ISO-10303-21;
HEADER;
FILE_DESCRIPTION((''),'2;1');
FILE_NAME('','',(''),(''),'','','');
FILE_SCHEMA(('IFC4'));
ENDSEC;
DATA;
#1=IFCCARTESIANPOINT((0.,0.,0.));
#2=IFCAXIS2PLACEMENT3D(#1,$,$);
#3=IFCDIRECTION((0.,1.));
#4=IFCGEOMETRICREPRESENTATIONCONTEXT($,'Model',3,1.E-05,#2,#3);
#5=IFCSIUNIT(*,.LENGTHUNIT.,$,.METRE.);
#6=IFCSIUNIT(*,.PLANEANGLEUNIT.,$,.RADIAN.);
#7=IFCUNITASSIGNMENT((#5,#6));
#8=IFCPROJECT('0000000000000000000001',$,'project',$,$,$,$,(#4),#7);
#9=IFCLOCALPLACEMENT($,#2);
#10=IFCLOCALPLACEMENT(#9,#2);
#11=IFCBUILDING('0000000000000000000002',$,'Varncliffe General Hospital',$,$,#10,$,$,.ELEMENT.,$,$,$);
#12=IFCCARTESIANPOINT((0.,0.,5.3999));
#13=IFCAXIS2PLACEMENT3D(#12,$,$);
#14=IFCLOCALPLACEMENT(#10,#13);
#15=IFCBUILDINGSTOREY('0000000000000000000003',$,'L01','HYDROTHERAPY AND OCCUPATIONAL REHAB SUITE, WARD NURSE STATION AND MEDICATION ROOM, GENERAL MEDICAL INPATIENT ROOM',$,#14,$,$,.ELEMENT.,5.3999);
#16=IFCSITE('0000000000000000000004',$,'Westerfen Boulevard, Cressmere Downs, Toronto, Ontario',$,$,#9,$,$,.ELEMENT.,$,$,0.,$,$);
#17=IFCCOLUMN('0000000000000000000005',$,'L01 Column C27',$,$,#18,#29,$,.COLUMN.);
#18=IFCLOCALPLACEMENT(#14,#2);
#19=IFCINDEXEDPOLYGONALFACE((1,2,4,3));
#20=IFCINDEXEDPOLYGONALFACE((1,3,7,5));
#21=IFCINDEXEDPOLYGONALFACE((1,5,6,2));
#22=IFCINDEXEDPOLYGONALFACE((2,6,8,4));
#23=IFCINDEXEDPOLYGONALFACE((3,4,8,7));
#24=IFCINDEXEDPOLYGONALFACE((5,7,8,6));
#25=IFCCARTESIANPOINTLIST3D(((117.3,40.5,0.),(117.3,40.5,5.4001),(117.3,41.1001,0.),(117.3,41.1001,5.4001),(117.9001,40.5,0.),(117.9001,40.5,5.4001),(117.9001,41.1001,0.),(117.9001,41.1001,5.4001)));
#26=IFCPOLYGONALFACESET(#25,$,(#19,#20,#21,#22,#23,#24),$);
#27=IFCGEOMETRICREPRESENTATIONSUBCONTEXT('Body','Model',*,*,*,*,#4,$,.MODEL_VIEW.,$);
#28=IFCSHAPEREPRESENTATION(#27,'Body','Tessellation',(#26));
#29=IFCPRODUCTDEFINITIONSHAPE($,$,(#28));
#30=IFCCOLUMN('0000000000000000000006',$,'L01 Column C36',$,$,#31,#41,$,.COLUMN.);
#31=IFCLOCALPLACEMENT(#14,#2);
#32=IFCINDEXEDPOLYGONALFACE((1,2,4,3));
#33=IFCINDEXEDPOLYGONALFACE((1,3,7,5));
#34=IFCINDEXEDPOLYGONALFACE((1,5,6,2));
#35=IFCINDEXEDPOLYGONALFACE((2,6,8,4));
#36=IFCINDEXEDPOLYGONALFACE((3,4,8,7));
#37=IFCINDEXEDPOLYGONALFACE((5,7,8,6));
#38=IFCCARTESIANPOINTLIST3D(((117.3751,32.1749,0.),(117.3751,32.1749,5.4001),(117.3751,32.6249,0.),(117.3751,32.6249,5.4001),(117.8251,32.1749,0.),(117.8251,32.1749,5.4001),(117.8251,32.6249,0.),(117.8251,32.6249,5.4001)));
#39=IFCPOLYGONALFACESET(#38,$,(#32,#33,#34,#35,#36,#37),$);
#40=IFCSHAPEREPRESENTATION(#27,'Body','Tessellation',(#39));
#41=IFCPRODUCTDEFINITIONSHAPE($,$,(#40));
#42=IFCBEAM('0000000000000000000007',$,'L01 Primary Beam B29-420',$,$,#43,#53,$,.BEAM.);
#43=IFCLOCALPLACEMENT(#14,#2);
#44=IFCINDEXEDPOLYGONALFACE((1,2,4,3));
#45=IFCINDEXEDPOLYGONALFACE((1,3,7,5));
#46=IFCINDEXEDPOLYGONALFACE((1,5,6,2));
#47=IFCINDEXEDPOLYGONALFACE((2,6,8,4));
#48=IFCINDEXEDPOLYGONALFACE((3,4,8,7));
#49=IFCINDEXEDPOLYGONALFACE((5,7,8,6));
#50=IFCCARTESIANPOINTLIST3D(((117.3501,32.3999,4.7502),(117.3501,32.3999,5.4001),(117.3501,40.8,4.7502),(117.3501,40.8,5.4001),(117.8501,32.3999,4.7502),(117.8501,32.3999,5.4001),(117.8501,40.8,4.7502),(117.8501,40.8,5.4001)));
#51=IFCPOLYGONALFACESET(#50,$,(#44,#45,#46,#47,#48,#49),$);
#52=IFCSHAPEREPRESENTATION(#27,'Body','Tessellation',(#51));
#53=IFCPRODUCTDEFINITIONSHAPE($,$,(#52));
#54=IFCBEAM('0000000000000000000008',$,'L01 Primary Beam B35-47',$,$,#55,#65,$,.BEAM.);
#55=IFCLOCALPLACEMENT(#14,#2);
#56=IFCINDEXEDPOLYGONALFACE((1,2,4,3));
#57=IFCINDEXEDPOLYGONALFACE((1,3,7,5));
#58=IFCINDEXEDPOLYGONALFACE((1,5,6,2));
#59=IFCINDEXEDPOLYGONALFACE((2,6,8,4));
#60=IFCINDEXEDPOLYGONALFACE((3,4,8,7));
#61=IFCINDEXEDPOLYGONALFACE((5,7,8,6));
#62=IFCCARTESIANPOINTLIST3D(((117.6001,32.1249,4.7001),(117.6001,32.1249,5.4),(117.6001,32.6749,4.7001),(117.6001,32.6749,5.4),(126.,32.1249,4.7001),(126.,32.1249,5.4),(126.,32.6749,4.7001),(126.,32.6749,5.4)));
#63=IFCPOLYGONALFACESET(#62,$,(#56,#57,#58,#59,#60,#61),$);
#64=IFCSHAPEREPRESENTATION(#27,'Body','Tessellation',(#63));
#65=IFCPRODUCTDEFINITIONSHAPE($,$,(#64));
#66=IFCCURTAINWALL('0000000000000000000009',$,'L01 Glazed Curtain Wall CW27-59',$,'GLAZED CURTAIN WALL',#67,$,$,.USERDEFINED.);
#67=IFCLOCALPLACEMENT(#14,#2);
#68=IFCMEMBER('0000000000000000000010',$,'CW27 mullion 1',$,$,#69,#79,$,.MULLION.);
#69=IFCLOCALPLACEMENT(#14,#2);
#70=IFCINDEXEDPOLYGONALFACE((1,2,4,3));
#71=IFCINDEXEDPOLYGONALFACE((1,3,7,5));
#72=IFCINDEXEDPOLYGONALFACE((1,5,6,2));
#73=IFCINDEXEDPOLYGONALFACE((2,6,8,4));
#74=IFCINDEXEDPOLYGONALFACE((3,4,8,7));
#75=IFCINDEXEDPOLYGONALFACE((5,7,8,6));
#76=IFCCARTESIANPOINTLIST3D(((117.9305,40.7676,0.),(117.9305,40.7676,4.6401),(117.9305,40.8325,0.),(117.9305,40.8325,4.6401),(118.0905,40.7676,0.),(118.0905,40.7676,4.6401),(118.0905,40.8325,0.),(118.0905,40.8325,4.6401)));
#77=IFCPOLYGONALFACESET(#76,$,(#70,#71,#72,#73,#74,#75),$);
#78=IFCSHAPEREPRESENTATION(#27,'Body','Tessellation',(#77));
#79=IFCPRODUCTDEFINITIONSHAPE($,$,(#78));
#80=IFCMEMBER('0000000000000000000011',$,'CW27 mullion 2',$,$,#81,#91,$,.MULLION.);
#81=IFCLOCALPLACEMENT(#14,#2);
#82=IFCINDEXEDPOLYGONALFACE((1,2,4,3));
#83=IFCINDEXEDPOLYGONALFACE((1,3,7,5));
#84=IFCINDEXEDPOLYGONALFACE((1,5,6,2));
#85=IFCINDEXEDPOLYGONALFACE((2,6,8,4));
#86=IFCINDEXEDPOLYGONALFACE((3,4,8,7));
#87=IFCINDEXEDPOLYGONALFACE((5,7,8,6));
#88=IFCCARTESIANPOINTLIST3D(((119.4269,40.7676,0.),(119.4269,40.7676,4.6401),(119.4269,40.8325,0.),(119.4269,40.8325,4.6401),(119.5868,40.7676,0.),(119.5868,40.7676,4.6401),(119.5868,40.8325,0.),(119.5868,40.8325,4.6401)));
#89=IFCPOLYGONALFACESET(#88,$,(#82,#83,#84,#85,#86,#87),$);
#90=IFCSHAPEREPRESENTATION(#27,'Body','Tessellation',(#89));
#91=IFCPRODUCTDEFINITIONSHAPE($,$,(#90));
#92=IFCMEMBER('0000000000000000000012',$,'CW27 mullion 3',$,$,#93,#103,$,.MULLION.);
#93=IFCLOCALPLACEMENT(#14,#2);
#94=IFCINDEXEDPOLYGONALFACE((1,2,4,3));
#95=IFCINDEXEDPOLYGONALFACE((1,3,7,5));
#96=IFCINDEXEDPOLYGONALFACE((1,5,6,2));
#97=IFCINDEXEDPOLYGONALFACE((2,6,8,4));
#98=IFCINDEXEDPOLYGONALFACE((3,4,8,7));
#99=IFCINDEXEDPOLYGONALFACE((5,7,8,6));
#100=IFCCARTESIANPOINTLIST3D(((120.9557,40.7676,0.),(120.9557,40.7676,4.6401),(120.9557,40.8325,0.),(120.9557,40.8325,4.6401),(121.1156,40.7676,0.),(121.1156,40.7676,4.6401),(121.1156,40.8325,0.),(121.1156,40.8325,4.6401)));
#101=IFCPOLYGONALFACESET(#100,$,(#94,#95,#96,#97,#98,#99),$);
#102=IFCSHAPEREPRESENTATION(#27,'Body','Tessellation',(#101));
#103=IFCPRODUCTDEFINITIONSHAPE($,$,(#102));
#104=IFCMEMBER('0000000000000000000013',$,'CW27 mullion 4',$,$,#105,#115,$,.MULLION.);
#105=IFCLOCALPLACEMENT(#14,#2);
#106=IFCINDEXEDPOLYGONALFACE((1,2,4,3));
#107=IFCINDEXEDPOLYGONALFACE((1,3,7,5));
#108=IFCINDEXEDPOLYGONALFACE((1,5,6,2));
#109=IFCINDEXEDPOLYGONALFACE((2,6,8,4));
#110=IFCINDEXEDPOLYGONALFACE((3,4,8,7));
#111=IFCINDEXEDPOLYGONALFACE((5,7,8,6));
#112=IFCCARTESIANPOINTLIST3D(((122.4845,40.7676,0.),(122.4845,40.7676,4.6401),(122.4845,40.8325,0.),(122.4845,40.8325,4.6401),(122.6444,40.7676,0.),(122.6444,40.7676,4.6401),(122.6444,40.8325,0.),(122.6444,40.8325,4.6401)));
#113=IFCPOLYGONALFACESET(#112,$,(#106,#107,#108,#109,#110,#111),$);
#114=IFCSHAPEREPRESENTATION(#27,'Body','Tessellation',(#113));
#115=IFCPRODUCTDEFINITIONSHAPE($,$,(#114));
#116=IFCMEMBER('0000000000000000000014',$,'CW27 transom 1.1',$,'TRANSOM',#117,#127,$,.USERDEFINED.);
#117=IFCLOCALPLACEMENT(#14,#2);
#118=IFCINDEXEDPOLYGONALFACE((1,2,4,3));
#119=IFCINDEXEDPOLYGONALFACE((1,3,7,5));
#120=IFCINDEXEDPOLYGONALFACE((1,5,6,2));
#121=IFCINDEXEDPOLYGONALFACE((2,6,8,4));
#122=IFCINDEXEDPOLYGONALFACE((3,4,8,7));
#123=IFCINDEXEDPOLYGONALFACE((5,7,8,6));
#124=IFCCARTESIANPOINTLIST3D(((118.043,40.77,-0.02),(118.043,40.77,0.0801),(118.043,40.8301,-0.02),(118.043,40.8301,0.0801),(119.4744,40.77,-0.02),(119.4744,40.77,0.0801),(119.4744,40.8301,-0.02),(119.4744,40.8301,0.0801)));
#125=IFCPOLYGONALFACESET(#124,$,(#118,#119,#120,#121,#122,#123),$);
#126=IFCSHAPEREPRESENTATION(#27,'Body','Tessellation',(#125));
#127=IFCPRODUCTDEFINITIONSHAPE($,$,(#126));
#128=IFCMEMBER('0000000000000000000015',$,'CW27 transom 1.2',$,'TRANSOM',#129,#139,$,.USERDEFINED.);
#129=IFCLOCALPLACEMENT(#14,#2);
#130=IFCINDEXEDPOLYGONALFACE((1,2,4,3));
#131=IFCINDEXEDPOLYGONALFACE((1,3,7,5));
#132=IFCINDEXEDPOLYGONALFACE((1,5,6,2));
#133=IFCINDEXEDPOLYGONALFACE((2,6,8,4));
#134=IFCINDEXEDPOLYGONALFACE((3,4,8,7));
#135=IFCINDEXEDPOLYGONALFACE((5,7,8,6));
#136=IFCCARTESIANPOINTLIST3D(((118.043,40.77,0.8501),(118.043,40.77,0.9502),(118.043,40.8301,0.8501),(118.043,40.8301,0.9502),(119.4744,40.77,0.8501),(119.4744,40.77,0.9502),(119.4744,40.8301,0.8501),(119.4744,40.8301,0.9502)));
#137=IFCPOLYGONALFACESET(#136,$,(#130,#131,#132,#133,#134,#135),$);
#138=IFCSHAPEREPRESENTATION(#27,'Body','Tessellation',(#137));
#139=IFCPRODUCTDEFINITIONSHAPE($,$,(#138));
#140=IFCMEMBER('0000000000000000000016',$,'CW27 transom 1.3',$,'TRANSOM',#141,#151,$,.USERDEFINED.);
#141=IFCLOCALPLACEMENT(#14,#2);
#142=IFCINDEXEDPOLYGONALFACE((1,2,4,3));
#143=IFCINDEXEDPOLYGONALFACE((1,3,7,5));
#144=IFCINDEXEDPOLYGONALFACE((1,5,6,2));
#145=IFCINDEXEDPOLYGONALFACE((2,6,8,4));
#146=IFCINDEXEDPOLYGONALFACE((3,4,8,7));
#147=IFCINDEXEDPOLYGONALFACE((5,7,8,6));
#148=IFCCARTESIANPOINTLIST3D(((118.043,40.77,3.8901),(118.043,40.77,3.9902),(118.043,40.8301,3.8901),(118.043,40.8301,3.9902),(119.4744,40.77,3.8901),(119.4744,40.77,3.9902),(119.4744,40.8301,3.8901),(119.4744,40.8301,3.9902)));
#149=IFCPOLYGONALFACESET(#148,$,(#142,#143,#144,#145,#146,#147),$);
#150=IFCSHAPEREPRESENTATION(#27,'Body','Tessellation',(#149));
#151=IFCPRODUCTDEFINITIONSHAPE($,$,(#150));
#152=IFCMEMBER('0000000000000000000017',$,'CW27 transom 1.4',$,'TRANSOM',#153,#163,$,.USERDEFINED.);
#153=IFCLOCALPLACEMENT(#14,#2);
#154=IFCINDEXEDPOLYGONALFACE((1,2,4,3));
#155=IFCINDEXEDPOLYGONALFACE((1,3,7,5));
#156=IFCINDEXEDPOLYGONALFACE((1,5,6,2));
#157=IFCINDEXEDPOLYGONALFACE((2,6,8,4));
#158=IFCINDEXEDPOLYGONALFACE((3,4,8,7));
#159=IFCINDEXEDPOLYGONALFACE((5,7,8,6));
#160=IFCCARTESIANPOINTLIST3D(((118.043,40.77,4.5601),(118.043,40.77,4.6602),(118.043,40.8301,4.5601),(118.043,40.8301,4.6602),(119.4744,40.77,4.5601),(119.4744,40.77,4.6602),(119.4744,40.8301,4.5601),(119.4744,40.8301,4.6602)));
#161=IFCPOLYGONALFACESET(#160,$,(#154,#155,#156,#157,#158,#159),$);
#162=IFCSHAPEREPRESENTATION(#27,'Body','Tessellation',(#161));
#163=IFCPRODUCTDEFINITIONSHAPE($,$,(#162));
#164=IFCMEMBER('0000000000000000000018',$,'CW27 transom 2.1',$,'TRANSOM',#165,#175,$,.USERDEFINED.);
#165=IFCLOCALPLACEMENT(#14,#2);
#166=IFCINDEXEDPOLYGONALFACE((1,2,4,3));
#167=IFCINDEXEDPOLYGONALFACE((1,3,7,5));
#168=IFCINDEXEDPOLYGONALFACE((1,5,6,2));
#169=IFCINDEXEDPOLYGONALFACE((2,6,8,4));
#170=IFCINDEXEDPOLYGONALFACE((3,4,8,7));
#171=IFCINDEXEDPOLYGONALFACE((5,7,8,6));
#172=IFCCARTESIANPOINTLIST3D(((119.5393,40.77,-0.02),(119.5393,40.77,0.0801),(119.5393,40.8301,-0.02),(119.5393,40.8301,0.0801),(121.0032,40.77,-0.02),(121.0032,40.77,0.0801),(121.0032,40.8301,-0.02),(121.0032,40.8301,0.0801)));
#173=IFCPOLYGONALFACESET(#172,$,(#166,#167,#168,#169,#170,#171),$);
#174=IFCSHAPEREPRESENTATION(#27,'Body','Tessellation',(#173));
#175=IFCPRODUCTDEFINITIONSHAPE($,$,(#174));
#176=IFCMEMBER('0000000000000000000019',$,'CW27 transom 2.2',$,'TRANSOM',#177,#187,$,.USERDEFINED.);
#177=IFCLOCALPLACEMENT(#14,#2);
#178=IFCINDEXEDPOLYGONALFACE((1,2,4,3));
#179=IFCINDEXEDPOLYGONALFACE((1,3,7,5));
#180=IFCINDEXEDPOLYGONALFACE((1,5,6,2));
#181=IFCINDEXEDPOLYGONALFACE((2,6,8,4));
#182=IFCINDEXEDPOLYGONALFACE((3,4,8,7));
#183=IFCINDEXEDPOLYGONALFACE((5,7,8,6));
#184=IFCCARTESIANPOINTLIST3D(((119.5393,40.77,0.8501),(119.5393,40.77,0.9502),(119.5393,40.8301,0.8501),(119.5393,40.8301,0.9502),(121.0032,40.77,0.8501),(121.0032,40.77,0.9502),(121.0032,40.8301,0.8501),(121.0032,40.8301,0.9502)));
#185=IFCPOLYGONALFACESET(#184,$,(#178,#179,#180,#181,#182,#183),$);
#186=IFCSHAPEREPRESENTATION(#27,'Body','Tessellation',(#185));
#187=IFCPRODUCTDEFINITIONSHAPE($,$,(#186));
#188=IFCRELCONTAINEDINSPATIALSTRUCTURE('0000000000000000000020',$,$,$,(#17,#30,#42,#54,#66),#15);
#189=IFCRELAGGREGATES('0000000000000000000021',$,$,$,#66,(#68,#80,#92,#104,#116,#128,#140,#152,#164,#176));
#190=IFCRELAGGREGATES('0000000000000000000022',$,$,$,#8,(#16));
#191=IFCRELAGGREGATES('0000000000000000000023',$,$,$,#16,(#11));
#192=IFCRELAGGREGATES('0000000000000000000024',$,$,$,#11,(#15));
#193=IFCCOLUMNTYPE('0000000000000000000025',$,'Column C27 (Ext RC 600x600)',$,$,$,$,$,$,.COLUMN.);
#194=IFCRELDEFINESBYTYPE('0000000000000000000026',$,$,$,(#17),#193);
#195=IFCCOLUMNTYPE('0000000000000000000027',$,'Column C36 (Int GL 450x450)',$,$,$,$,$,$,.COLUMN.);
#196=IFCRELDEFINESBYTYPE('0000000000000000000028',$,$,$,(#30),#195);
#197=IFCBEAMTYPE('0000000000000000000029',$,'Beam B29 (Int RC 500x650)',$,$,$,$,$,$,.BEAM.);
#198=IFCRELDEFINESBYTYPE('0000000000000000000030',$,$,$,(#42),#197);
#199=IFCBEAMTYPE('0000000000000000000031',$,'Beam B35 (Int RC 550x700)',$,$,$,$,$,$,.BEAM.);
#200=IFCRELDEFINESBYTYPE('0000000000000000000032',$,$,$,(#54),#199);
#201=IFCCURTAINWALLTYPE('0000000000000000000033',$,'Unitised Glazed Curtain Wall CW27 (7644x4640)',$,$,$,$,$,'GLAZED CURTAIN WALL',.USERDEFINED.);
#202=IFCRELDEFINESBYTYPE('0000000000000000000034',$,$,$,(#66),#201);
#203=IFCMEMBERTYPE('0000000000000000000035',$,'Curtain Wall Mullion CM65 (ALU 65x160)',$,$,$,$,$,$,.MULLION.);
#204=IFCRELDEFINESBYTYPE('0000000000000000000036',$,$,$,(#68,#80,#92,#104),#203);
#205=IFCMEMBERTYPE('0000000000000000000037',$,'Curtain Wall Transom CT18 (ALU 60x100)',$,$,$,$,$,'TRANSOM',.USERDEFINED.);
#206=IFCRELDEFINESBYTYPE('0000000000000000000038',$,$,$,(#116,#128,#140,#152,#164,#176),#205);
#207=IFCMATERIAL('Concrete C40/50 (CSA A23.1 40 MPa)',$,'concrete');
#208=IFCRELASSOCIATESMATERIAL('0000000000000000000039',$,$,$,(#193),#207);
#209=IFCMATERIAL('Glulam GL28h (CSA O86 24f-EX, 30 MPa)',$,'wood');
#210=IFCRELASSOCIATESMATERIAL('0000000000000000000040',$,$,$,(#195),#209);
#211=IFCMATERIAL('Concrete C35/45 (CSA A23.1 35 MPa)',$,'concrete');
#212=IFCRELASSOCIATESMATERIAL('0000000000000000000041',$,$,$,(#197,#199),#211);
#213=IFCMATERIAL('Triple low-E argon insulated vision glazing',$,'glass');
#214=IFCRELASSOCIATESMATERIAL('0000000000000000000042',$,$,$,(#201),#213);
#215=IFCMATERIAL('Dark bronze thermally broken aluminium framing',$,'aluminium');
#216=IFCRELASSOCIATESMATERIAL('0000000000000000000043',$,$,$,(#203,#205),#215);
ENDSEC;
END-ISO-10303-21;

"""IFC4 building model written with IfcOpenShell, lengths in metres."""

from ifc_helpers import new_model, si_unit, direction, frame, origin, origin_2d, place, context, subcontext, project, spatial, rectangle, extrude, material, material_profile, profile_set, type_object, element, aggregate, save


model = new_model("IFC4")

# Units and contexts
model_context = context("Model", 3, precision=1e-05, world=origin(), true_north=direction((0.0, 1.0)))
body_context = subcontext(model_context, "Body", "Model", "MODEL_VIEW")
ifc_project = project(units=[si_unit("LENGTHUNIT", "METRE"), si_unit("PLANEANGLEUNIT", "RADIAN")], contexts=[model_context])

# Site, building, storey
site_placement = place(None, origin())
site = spatial("IfcSite", under=ifc_project, at=site_placement, Name="Westerfen Boulevard, Cressmere Downs, Toronto, Ontario", CompositionType="ELEMENT", RefElevation=0.0)
building_placement = place(site_placement, origin())
building = spatial("IfcBuilding", under=site, at=building_placement, Name="Varncliffe General Hospital", CompositionType="ELEMENT")
storey_placement = place(building_placement, frame((0.0, 0.0, 5.3999)))
storey = spatial("IfcBuildingStorey", under=building, at=storey_placement, Name="L01", Description="HYDROTHERAPY AND OCCUPATIONAL REHAB SUITE, WARD NURSE STATION AND MEDICATION ROOM, GENERAL MEDICAL INPATIENT ROOM", CompositionType="ELEMENT", Elevation=5.3999)

# Columns
ifc_material_1 = material(Name="Concrete C40/50 (CSA A23.1 40 MPa)", Category="concrete")
ifc_material_profile_1 = material_profile(ifc_material_1, rectangle(XDim=0.6001, YDim=0.6001, at=origin_2d()), Name="RC 600x600")
ifc_profile_set_1 = profile_set([ifc_material_profile_1], Name="Concrete C40/50 (CSA A23.1 40 MPa)")
column_type_1 = type_object("IfcColumnType", Name="Column C27 (Ext RC 600x600)", PredefinedType="COLUMN", material=ifc_profile_set_1)
column_1_placement = place(storey_placement, frame((117.6001, 40.8, 0.0), z_axis=(0.0, 0.0, 1.0), x_axis=(1.0, 0.0, 0.0)))
element("IfcColumn", 1, at=column_1_placement, inside=storey, type_object=column_type_1, Name="L01 Column C27", PredefinedType="COLUMN", context=body_context, shape_type="SweptSolid", body=[
    extrude(rectangle(XDim=0.6001, YDim=0.6001, at=origin_2d()), origin(), (0.0, 0.0, 1.0), 5.4001),
])
ifc_material_2 = material(Name="Glulam GL28h (CSA O86 24f-EX, 30 MPa)", Category="wood")
ifc_material_profile_2 = material_profile(ifc_material_2, rectangle(XDim=0.45, YDim=0.45, at=origin_2d()), Name="GL 450x450")
ifc_profile_set_2 = profile_set([ifc_material_profile_2], Name="Glulam GL28h (CSA O86 24f-EX, 30 MPa)")
column_type_2 = type_object("IfcColumnType", Name="Column C36 (Int GL 450x450)", PredefinedType="COLUMN", material=ifc_profile_set_2)
column_2_placement = place(storey_placement, frame((117.6001, 32.3999, 0.0), z_axis=(0.0, 0.0, 1.0), x_axis=(1.0, 0.0, 0.0)))
element("IfcColumn", 2, at=column_2_placement, inside=storey, type_object=column_type_2, Name="L01 Column C36", PredefinedType="COLUMN", context=body_context, shape_type="SweptSolid", body=[
    extrude(rectangle(XDim=0.45, YDim=0.45, at=origin_2d()), origin(), (0.0, 0.0, 1.0), 5.4001),
])

# Beams
ifc_material_3 = material(Name="Concrete C35/45 (CSA A23.1 35 MPa)", Category="concrete")
ifc_material_profile_3 = material_profile(ifc_material_3, rectangle(XDim=0.5, YDim=0.6499, at=origin_2d()), Name="RC 500x650")
ifc_profile_set_3 = profile_set([ifc_material_profile_3], Name="Concrete C35/45 (CSA A23.1 35 MPa)")
beam_type_1 = type_object("IfcBeamType", Name="Beam B29 (Int RC 500x650)", PredefinedType="BEAM", material=ifc_profile_set_3)
beam_1_placement = place(storey_placement, frame((117.6001, 32.3999, 5.0752), z_axis=(0.0, 1.0, 0.0), x_axis=(-1.0, 0.0, 0.0)))
element("IfcBeam", 3, at=beam_1_placement, inside=storey, type_object=beam_type_1, Name="L01 Primary Beam B29-420", PredefinedType="BEAM", context=body_context, shape_type="SweptSolid", body=[
    extrude(rectangle(XDim=0.5, YDim=0.6499, at=origin_2d()), origin(), (0.0, 0.0, 1.0), 8.4001),
])
ifc_material_profile_4 = material_profile(ifc_material_3, rectangle(XDim=0.55, YDim=0.7, at=origin_2d()), Name="RC 550x700")
ifc_profile_set_4 = profile_set([ifc_material_profile_4], Name="Concrete C35/45 (CSA A23.1 35 MPa)")
beam_type_2 = type_object("IfcBeamType", Name="Beam B35 (Int RC 550x700)", PredefinedType="BEAM", material=ifc_profile_set_4)
beam_2_placement = place(storey_placement, frame((117.6001, 32.3999, 5.05), z_axis=(1.0, 0.0, 0.0), x_axis=(0.0, 1.0, 0.0)))
element("IfcBeam", 4, at=beam_2_placement, inside=storey, type_object=beam_type_2, Name="L01 Primary Beam B35-47", PredefinedType="BEAM", context=body_context, shape_type="SweptSolid", body=[
    extrude(rectangle(XDim=0.55, YDim=0.7, at=origin_2d()), origin(), (0.0, 0.0, 1.0), 8.3999),
])

# Curtain wall, members
ifc_material_4 = material(Name="Triple low-E argon insulated vision glazing", Category="glass")
curtain_wall_type = type_object("IfcCurtainWallType", Name="Unitised Glazed Curtain Wall CW27 (7644x4640)", ElementType="GLAZED CURTAIN WALL", PredefinedType="USERDEFINED", material=ifc_material_4)
curtain_wall_placement = place(storey_placement, origin())
curtain_wall = element("IfcCurtainWall", 5, at=curtain_wall_placement, inside=storey, type_object=curtain_wall_type, Name="L01 Glazed Curtain Wall CW27-59", ObjectType="GLAZED CURTAIN WALL", PredefinedType="USERDEFINED")
ifc_material_5 = material(Name="Dark bronze thermally broken aluminium framing", Category="aluminium")
ifc_material_profile_5 = material_profile(ifc_material_5, rectangle(XDim=0.0649, YDim=0.1599, at=origin_2d()), Name="ALU 65x160")
ifc_profile_set_5 = profile_set([ifc_material_profile_5], Name="Dark bronze thermally broken aluminium framing")
member_type_1 = type_object("IfcMemberType", Name="Curtain Wall Mullion CM65 (ALU 65x160)", PredefinedType="MULLION", material=ifc_profile_set_5)
member_1_placement = place(storey_placement, frame((118.0105, 40.8, 0.0), z_axis=(0.0, 0.0, 1.0), x_axis=(0.0, 1.0, 0.0)))
member_1 = element("IfcMember", 6, at=member_1_placement, type_object=member_type_1, Name="CW27 mullion 1", PredefinedType="MULLION", context=body_context, shape_type="SweptSolid", body=[
    extrude(rectangle(XDim=0.0649, YDim=0.1599, at=origin_2d()), origin(), (0.0, 0.0, 1.0), 4.6401),
])
member_2_placement = place(storey_placement, frame((119.5068, 40.8, 0.0), z_axis=(0.0, 0.0, 1.0), x_axis=(0.0, 1.0, 0.0)))
member_2 = element("IfcMember", 7, at=member_2_placement, type_object=member_type_1, Name="CW27 mullion 2", PredefinedType="MULLION", context=body_context, shape_type="SweptSolid", body=[
    extrude(rectangle(XDim=0.0649, YDim=0.1599, at=origin_2d()), origin(), (0.0, 0.0, 1.0), 4.6401),
])
member_3_placement = place(storey_placement, frame((121.0356, 40.8, 0.0), z_axis=(0.0, 0.0, 1.0), x_axis=(0.0, 1.0, 0.0)))
member_3 = element("IfcMember", 8, at=member_3_placement, type_object=member_type_1, Name="CW27 mullion 3", PredefinedType="MULLION", context=body_context, shape_type="SweptSolid", body=[
    extrude(rectangle(XDim=0.0649, YDim=0.1599, at=origin_2d()), origin(), (0.0, 0.0, 1.0), 4.6401),
])
member_4_placement = place(storey_placement, frame((122.5645, 40.8, 0.0), z_axis=(0.0, 0.0, 1.0), x_axis=(0.0, 1.0, 0.0)))
member_4 = element("IfcMember", 9, at=member_4_placement, type_object=member_type_1, Name="CW27 mullion 4", PredefinedType="MULLION", context=body_context, shape_type="SweptSolid", body=[
    extrude(rectangle(XDim=0.0649, YDim=0.1599, at=origin_2d()), origin(), (0.0, 0.0, 1.0), 4.6401),
])
ifc_material_profile_6 = material_profile(ifc_material_5, rectangle(XDim=0.0601, YDim=0.1001, at=origin_2d()), Name="ALU 60x100")
ifc_profile_set_6 = profile_set([ifc_material_profile_6], Name="Dark bronze thermally broken aluminium framing")
member_type_2 = type_object("IfcMemberType", Name="Curtain Wall Transom CT18 (ALU 60x100)", ElementType="TRANSOM", PredefinedType="USERDEFINED", material=ifc_profile_set_6)
member_5_placement = place(storey_placement, frame((118.043, 40.8, 0.03), z_axis=(1.0, 0.0, 0.0), x_axis=(0.0, 1.0, 0.0)))
member_5 = element("IfcMember", 10, at=member_5_placement, type_object=member_type_2, Name="CW27 transom 1.1", ObjectType="TRANSOM", PredefinedType="USERDEFINED", context=body_context, shape_type="SweptSolid", body=[
    extrude(rectangle(XDim=0.0601, YDim=0.1001, at=origin_2d()), origin(), (0.0, 0.0, 1.0), 1.4314),
])
member_6_placement = place(storey_placement, frame((118.043, 40.8, 0.9001), z_axis=(1.0, 0.0, 0.0), x_axis=(0.0, 1.0, 0.0)))
member_6 = element("IfcMember", 11, at=member_6_placement, type_object=member_type_2, Name="CW27 transom 1.2", ObjectType="TRANSOM", PredefinedType="USERDEFINED", context=body_context, shape_type="SweptSolid", body=[
    extrude(rectangle(XDim=0.0601, YDim=0.1001, at=origin_2d()), origin(), (0.0, 0.0, 1.0), 1.4314),
])
member_7_placement = place(storey_placement, frame((118.043, 40.8, 3.9402), z_axis=(1.0, 0.0, 0.0), x_axis=(0.0, 1.0, 0.0)))
member_7 = element("IfcMember", 12, at=member_7_placement, type_object=member_type_2, Name="CW27 transom 1.3", ObjectType="TRANSOM", PredefinedType="USERDEFINED", context=body_context, shape_type="SweptSolid", body=[
    extrude(rectangle(XDim=0.0601, YDim=0.1001, at=origin_2d()), origin(), (0.0, 0.0, 1.0), 1.4314),
])
member_8_placement = place(storey_placement, frame((118.043, 40.8, 4.6101), z_axis=(1.0, 0.0, 0.0), x_axis=(0.0, 1.0, 0.0)))
member_8 = element("IfcMember", 13, at=member_8_placement, type_object=member_type_2, Name="CW27 transom 1.4", ObjectType="TRANSOM", PredefinedType="USERDEFINED", context=body_context, shape_type="SweptSolid", body=[
    extrude(rectangle(XDim=0.0601, YDim=0.1001, at=origin_2d()), origin(), (0.0, 0.0, 1.0), 1.4314),
])
member_9_placement = place(storey_placement, frame((119.5393, 40.8, 0.03), z_axis=(1.0, 0.0, 0.0), x_axis=(0.0, 1.0, 0.0)))
member_9 = element("IfcMember", 14, at=member_9_placement, type_object=member_type_2, Name="CW27 transom 2.1", ObjectType="TRANSOM", PredefinedType="USERDEFINED", context=body_context, shape_type="SweptSolid", body=[
    extrude(rectangle(XDim=0.0601, YDim=0.1001, at=origin_2d()), origin(), (0.0, 0.0, 1.0), 1.4639),
])
member_10_placement = place(storey_placement, frame((119.5393, 40.8, 0.9001), z_axis=(1.0, 0.0, 0.0), x_axis=(0.0, 1.0, 0.0)))
member_10 = element("IfcMember", 15, at=member_10_placement, type_object=member_type_2, Name="CW27 transom 2.2", ObjectType="TRANSOM", PredefinedType="USERDEFINED", context=body_context, shape_type="SweptSolid", body=[
    extrude(rectangle(XDim=0.0601, YDim=0.1001, at=origin_2d()), origin(), (0.0, 0.0, 1.0), 1.4639),
])

aggregate(curtain_wall, [member_1, member_2, member_3, member_4, member_5, member_6, member_7, member_8, member_9, member_10])

save(model, "model.ifc")
